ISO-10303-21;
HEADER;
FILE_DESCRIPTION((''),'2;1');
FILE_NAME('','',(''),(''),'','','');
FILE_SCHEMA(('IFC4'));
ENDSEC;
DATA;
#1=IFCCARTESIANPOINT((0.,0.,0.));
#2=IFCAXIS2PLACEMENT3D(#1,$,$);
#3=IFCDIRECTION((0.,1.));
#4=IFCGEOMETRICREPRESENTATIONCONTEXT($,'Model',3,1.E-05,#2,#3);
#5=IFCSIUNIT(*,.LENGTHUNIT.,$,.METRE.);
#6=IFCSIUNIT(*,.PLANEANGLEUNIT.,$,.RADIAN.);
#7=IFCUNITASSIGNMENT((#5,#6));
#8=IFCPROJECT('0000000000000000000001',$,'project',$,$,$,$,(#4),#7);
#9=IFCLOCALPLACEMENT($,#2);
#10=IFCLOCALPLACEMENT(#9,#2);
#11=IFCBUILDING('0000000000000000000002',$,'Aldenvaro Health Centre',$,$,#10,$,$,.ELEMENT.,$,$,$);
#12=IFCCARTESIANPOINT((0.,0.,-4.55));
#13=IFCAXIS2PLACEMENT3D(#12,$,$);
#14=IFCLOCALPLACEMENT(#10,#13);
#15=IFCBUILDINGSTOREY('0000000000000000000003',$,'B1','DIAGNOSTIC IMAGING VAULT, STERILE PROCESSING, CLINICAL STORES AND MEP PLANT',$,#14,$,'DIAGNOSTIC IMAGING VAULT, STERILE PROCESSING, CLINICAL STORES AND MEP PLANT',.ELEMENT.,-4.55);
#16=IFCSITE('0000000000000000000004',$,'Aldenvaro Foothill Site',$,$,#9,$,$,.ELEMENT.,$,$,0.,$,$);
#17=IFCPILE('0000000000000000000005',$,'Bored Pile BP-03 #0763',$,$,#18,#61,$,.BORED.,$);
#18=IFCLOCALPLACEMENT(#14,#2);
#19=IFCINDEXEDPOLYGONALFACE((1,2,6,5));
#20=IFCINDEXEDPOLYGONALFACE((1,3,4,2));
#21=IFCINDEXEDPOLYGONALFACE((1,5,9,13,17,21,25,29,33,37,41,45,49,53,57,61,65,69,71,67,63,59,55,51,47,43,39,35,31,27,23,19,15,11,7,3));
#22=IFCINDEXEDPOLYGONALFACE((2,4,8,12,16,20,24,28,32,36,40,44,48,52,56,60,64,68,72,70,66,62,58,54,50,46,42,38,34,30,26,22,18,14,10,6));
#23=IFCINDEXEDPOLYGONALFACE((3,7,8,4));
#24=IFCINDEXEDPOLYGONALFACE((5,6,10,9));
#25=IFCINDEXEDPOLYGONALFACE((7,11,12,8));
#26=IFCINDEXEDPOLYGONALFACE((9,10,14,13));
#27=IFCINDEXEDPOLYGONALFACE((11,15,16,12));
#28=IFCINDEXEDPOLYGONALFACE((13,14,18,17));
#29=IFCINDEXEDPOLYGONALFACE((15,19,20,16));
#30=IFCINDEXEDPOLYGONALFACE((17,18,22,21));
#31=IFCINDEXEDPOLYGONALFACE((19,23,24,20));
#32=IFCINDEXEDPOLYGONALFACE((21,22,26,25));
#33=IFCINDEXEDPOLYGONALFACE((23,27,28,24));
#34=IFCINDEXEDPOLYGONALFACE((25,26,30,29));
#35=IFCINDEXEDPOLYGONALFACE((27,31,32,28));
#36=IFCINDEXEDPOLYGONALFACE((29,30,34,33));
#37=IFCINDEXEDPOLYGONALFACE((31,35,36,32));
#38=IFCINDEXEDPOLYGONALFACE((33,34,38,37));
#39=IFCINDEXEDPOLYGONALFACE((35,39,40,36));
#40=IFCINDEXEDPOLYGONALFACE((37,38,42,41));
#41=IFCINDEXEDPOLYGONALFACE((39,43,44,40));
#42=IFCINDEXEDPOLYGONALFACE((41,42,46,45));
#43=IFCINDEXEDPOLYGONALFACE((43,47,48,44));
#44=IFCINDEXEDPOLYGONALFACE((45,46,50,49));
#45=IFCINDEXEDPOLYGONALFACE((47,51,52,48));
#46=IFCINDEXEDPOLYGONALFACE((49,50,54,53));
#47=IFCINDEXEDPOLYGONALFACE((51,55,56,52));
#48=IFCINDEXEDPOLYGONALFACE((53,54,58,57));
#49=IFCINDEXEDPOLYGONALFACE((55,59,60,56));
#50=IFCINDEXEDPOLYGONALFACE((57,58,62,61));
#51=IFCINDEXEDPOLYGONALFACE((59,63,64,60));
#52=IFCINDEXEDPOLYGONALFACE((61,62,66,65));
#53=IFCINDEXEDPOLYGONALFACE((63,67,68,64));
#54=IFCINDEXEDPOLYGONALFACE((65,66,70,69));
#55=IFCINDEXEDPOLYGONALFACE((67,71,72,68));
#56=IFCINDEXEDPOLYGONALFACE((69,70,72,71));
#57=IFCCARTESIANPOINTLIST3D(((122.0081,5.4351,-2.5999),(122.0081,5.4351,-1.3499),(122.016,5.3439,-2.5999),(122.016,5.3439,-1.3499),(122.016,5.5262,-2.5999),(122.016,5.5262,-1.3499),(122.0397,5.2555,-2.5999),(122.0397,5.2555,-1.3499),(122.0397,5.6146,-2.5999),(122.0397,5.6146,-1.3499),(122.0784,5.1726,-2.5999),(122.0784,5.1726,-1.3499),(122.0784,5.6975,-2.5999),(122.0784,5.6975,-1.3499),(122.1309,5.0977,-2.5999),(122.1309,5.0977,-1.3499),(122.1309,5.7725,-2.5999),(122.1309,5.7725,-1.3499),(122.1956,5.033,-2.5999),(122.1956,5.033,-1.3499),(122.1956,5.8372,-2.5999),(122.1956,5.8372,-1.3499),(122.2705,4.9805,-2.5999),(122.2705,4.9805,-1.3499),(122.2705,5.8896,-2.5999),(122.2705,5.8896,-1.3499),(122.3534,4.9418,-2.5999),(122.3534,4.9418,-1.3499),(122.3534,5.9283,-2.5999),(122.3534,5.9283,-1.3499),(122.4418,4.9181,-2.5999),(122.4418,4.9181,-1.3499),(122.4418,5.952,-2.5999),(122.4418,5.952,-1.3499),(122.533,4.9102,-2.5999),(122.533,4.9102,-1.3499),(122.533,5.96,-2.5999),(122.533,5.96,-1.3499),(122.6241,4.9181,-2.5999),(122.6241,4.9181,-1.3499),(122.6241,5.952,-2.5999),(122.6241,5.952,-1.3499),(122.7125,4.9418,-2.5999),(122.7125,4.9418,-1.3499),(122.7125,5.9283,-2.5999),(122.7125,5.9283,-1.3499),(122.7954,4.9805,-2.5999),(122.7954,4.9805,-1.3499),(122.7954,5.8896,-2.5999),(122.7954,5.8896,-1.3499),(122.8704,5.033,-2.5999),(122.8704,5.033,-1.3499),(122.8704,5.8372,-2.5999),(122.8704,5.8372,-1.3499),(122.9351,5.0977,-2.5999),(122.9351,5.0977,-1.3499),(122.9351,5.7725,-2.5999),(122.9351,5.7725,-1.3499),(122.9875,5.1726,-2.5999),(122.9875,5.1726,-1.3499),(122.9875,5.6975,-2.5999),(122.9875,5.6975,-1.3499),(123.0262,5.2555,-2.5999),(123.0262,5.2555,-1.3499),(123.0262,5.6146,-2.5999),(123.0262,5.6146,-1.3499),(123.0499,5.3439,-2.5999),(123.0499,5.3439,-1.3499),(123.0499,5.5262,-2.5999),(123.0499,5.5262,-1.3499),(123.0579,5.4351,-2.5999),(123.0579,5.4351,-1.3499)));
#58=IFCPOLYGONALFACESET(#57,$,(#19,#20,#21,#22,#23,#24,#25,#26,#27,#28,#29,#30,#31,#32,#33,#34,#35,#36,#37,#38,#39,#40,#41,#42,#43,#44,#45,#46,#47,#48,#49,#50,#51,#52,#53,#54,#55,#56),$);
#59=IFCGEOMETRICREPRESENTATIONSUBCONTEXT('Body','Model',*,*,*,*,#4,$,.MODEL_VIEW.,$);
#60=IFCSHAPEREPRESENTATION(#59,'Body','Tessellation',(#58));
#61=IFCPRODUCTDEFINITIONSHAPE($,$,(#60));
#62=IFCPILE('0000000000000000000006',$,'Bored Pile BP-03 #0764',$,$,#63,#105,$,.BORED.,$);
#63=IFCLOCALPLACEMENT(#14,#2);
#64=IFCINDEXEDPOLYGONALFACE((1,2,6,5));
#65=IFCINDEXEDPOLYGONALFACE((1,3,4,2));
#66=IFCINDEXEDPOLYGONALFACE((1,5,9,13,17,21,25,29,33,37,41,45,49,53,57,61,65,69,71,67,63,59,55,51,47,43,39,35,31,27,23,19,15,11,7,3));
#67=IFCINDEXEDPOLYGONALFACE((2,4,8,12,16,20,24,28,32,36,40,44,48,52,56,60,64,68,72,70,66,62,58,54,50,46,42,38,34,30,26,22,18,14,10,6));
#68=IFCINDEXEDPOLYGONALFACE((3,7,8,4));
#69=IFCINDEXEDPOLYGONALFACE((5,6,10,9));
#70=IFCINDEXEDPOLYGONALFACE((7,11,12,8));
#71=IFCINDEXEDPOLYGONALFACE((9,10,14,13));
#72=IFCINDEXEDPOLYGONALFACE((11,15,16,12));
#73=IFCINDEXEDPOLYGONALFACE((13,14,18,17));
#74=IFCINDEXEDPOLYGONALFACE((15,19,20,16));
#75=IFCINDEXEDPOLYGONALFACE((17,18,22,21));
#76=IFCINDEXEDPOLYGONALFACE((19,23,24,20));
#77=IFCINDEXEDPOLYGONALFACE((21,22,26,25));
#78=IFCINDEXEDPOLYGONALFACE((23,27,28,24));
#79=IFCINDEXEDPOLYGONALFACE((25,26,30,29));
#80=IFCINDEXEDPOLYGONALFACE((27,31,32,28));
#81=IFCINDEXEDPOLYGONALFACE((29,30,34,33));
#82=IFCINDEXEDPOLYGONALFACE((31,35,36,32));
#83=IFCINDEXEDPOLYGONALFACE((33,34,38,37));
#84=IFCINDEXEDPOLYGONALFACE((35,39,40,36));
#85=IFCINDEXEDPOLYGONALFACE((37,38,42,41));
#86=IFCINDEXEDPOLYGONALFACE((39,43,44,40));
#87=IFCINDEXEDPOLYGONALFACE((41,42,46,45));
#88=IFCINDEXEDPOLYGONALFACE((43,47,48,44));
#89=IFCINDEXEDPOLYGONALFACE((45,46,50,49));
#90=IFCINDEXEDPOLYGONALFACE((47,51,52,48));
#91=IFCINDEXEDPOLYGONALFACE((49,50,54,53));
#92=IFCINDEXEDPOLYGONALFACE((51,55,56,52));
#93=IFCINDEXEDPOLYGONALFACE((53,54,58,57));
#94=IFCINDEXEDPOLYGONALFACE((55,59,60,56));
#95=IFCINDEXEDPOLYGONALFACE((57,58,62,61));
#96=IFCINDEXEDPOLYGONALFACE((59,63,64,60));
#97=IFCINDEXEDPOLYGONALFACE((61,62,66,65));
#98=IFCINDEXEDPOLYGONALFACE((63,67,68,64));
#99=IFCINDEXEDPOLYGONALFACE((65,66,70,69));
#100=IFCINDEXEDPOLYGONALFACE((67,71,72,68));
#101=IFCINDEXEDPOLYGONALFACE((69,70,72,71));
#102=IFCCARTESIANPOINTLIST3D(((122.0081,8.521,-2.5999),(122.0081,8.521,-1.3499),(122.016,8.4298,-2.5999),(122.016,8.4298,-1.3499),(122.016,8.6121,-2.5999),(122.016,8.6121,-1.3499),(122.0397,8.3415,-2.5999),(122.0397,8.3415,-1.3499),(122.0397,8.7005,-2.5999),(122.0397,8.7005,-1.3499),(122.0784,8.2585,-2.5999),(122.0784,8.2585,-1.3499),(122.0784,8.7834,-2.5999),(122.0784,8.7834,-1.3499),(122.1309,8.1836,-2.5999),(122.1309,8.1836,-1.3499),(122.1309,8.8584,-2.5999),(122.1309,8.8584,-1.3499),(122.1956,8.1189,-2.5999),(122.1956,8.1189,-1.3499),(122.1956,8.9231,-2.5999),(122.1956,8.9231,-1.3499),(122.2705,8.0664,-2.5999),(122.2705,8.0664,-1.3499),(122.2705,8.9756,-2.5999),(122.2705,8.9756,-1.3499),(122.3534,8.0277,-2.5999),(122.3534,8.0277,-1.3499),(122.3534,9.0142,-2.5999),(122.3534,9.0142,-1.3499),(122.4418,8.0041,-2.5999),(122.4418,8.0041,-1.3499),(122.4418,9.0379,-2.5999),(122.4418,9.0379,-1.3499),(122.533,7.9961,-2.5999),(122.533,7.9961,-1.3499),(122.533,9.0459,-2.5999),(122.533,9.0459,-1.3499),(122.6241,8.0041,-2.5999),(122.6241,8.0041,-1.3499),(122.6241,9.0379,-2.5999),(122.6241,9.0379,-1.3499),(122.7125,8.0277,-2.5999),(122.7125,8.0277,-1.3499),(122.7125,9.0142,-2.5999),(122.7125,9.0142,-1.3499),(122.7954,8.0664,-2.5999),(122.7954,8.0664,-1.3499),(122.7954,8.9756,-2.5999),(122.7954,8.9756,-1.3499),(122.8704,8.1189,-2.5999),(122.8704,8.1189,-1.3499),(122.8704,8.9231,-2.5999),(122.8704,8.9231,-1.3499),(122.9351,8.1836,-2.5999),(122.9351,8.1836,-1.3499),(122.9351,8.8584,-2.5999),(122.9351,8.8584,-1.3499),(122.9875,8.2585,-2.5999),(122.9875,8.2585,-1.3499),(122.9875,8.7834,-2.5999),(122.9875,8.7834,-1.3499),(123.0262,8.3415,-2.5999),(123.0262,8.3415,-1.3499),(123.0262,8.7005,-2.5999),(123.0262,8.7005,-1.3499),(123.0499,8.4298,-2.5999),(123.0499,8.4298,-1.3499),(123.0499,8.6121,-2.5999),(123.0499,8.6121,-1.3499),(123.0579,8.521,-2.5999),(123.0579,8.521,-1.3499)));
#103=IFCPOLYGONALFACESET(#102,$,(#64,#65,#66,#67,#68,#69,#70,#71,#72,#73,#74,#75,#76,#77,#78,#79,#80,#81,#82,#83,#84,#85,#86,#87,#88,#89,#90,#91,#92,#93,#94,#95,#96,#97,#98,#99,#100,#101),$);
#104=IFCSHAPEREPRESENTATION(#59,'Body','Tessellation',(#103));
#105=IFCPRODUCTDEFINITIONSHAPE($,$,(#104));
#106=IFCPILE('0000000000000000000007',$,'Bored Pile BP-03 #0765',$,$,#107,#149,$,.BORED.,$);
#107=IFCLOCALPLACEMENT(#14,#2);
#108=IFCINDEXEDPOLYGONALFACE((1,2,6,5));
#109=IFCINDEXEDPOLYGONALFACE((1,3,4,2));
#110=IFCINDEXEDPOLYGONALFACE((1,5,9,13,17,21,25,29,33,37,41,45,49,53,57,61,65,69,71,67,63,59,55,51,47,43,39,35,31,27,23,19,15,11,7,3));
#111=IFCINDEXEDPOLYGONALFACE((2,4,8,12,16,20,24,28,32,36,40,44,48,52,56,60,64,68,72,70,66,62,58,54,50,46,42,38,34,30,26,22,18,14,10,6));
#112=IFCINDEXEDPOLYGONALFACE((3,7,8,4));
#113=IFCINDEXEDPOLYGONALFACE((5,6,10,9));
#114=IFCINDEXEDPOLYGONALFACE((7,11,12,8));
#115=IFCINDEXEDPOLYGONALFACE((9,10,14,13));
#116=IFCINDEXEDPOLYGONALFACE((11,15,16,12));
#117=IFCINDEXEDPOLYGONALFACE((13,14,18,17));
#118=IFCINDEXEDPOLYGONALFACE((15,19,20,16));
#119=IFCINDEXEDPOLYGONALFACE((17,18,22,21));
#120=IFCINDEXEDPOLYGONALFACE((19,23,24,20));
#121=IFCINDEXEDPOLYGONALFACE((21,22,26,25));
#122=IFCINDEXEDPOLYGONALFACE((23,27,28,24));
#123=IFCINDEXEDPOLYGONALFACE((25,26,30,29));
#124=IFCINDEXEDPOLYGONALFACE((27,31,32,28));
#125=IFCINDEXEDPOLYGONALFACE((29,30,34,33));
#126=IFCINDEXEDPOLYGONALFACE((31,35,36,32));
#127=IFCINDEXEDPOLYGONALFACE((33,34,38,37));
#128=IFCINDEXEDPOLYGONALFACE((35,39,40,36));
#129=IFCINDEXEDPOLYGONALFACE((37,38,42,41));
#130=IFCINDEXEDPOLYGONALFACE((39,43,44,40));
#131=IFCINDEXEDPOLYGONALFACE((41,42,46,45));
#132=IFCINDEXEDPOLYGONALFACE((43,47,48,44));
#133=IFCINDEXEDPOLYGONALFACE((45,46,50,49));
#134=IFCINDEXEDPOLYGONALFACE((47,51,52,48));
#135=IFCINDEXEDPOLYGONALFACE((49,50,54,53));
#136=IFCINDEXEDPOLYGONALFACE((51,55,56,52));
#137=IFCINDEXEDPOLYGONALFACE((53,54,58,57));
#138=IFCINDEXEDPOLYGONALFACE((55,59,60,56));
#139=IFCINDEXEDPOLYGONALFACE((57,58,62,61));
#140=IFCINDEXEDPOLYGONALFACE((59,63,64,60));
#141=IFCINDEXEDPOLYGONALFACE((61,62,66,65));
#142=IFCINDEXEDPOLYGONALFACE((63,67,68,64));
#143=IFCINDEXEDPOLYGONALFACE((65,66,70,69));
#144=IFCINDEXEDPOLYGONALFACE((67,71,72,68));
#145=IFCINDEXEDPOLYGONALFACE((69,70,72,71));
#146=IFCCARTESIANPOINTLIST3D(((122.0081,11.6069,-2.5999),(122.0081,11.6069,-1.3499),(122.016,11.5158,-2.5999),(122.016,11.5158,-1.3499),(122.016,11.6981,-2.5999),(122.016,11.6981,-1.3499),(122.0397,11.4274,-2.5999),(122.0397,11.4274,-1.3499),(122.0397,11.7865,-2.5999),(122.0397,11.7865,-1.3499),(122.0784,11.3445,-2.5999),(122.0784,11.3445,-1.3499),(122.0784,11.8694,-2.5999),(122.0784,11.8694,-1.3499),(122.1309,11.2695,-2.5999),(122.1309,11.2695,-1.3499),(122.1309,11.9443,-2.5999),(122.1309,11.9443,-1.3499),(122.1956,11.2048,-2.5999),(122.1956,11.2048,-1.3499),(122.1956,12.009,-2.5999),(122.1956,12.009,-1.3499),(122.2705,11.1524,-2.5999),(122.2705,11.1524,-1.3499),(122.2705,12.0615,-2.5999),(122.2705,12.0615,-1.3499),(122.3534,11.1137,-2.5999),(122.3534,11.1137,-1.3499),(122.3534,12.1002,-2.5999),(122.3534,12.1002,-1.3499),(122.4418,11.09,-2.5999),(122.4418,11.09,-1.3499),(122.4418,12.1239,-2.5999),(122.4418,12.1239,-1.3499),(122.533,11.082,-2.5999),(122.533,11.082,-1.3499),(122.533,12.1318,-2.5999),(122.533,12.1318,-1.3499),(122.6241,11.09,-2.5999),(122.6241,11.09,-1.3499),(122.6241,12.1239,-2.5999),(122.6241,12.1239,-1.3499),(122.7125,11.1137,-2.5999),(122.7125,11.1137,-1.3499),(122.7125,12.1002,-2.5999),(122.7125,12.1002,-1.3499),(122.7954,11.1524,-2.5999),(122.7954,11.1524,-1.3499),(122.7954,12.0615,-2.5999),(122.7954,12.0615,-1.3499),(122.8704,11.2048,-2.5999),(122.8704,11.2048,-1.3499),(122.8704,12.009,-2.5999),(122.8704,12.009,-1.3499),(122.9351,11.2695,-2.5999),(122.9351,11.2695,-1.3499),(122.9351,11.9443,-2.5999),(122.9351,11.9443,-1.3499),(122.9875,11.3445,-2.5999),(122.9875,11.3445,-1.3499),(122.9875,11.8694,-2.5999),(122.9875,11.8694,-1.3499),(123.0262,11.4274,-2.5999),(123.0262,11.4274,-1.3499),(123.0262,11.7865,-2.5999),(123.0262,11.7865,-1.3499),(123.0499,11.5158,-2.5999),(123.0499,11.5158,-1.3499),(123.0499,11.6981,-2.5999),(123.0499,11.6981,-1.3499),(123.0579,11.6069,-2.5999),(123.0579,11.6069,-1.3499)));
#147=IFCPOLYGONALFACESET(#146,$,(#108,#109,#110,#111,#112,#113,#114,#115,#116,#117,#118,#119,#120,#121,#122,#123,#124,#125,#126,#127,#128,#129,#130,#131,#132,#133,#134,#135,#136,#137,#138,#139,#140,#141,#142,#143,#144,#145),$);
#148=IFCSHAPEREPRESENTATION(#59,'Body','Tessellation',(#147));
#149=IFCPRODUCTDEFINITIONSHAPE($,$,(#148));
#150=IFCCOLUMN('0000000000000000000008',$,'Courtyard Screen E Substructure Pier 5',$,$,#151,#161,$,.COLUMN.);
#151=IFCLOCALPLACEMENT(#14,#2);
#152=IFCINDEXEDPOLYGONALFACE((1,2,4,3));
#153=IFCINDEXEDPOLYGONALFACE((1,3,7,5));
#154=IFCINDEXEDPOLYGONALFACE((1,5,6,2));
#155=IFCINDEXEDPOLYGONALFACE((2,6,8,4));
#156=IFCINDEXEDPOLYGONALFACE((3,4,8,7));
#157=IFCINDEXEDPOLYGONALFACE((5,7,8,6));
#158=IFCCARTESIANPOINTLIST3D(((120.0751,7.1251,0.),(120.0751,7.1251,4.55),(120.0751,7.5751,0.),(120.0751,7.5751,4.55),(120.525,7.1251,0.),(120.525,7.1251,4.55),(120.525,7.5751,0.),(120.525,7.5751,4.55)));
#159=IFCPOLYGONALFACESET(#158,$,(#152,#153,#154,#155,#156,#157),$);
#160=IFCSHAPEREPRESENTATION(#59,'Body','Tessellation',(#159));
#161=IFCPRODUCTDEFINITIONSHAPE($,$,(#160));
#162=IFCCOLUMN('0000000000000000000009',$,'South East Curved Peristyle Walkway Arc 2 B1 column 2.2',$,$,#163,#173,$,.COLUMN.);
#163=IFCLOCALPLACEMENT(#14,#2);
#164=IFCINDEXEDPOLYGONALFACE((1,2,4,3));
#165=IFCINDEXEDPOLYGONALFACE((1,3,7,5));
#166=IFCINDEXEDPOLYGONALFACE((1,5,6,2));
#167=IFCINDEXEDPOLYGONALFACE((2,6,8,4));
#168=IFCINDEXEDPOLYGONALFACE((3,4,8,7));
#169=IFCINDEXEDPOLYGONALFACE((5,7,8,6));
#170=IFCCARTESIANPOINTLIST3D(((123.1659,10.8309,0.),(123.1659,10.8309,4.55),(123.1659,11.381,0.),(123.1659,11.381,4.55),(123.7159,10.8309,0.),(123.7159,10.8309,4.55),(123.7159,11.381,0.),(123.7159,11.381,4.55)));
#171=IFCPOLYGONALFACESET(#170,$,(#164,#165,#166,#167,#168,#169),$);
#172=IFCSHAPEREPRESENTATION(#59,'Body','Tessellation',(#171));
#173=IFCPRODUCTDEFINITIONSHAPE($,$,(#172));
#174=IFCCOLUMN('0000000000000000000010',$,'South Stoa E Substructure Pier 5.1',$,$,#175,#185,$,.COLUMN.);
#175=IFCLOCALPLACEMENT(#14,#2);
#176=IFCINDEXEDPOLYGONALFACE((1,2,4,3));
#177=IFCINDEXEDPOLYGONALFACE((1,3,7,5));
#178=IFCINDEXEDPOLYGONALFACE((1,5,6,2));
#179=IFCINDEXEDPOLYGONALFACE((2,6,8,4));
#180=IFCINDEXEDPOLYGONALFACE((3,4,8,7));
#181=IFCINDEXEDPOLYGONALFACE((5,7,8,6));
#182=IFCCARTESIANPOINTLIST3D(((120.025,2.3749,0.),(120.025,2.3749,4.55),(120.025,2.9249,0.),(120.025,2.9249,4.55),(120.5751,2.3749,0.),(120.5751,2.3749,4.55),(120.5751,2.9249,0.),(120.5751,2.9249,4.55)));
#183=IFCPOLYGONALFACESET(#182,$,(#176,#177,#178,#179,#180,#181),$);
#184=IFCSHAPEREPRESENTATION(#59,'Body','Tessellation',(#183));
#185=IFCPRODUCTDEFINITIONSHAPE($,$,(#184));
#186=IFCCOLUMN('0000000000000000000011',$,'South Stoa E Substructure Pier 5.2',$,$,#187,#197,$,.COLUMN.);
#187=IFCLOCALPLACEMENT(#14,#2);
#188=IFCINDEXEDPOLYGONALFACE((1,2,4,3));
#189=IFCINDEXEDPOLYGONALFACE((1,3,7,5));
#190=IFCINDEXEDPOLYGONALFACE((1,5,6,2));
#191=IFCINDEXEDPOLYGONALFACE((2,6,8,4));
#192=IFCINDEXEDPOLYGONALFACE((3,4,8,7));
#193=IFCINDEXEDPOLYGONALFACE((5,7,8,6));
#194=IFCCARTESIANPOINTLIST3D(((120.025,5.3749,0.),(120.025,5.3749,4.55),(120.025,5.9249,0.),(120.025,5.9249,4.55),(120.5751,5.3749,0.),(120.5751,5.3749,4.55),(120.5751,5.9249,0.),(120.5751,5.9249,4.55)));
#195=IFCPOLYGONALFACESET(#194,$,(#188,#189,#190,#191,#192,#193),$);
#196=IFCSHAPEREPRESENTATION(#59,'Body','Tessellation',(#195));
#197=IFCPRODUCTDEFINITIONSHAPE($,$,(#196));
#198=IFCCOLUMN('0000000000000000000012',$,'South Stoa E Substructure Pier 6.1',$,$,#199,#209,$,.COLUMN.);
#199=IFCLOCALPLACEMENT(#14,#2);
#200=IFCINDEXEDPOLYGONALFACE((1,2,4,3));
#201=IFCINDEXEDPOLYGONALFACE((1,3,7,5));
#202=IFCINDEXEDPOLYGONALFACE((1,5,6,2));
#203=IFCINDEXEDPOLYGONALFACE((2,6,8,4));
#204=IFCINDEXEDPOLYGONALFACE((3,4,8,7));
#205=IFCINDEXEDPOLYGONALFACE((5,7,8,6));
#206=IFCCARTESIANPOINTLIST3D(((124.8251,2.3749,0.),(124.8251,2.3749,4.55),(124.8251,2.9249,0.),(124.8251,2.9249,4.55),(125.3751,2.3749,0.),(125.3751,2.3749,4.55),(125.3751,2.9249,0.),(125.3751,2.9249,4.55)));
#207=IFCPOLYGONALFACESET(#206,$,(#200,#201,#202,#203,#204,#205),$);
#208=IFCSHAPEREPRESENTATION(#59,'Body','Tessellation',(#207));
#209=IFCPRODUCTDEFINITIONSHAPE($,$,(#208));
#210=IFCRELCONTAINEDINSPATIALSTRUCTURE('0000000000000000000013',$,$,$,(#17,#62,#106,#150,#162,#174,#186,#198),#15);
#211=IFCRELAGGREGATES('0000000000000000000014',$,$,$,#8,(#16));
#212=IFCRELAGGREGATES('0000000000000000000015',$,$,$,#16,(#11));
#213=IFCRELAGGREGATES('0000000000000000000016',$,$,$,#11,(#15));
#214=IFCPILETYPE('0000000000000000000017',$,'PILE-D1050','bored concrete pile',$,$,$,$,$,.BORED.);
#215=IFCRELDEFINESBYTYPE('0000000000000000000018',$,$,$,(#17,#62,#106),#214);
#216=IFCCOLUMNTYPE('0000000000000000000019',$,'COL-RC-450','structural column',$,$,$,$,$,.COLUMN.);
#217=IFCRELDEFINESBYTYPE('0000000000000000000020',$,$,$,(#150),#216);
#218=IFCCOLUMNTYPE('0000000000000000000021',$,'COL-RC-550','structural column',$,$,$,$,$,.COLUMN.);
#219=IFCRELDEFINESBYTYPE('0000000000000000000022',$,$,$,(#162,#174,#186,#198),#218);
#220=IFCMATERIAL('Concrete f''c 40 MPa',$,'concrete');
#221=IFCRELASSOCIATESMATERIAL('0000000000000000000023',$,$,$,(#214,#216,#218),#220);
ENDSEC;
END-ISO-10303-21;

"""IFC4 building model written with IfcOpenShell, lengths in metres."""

from ifc_helpers import new_model, si_unit, direction, frame, origin, origin_2d, place, context, subcontext, project, spatial, rectangle, circle, extrude, material, material_profile, profile_set, type_object, element, save


model = new_model("IFC4")

# Units and contexts
model_context = context("Model", 3, precision=1e-05, world=origin(), true_north=direction((0.0, 1.0)))
body_context = subcontext(model_context, "Body", "Model", "MODEL_VIEW")
ifc_project = project(units=[si_unit("LENGTHUNIT", "METRE"), si_unit("PLANEANGLEUNIT", "RADIAN")], contexts=[model_context])

# Site, building, storey
site_placement = place(None, origin())
site = spatial("IfcSite", under=ifc_project, at=site_placement, Name="Aldenvaro Foothill Site", CompositionType="ELEMENT", RefElevation=0.0)
building_placement = place(site_placement, origin())
building = spatial("IfcBuilding", under=site, at=building_placement, Name="Aldenvaro Health Centre", CompositionType="ELEMENT")
storey_placement = place(building_placement, frame((0.0, 0.0, -4.55)))
storey = spatial("IfcBuildingStorey", under=building, at=storey_placement, Name="B1", Description="DIAGNOSTIC IMAGING VAULT, STERILE PROCESSING, CLINICAL STORES AND MEP PLANT", LongName="DIAGNOSTIC IMAGING VAULT, STERILE PROCESSING, CLINICAL STORES AND MEP PLANT", CompositionType="ELEMENT", Elevation=-4.55)

# Piles
ifc_material_1 = material(Name="Concrete f'c 40 MPa", Category="concrete")
ifc_material_profile_1 = material_profile(ifc_material_1, circle(Radius=0.5249, at=origin_2d()), Name="PILE D1050", Category="concrete")
ifc_profile_set_1 = profile_set([ifc_material_profile_1], Name="Concrete f'c 40 MPa")
pile_type = type_object("IfcPileType", Name="PILE-D1050", Description="bored concrete pile", PredefinedType="BORED", material=ifc_profile_set_1)
for number, where, z_axis, x_axis, name in (
    (1, (122.533, 5.4351, -1.3499), (0.0, 0.0, -1.0), (1.0, 0.0, 0.0), "Bored Pile BP-03 #0763"),
    (2, (122.533, 8.521, -1.3499), (0.0, 0.0, -1.0), (1.0, 0.0, 0.0), "Bored Pile BP-03 #0764"),
    (3, (122.533, 11.6069, -1.3499), (0.0, 0.0, -1.0), (1.0, 0.0, 0.0), "Bored Pile BP-03 #0765"),
):
    element("IfcPile", number, at=place(storey_placement, frame(where, z_axis=z_axis, x_axis=x_axis)), inside=storey, type_object=pile_type, Name=name, PredefinedType="BORED", context=body_context, shape_type="SweptSolid", body=[
        extrude(circle(Radius=0.5249, at=origin_2d()), origin(), (0.0, 0.0, 1.0), 1.25),
    ])

# Columns
ifc_material_profile_2 = material_profile(ifc_material_1, rectangle(XDim=0.45, YDim=0.45, at=origin_2d()), Name="RC 450x450", Category="concrete")
ifc_profile_set_2 = profile_set([ifc_material_profile_2], Name="Concrete f'c 40 MPa")
column_type_1 = type_object("IfcColumnType", Name="COL-RC-450", Description="structural column", PredefinedType="COLUMN", material=ifc_profile_set_2)
column_placement = place(storey_placement, frame((120.3, 7.3501, 0.0), z_axis=(0.0, 0.0, 1.0), x_axis=(1.0, 0.0, 0.0)))
element("IfcColumn", 4, at=column_placement, inside=storey, type_object=column_type_1, Name="Courtyard Screen E Substructure Pier 5", PredefinedType="COLUMN", context=body_context, shape_type="SweptSolid", body=[
    extrude(rectangle(XDim=0.45, YDim=0.45, at=origin_2d()), origin(), (0.0, 0.0, 1.0), 4.55),
])
ifc_material_profile_3 = material_profile(ifc_material_1, rectangle(XDim=0.55, YDim=0.55, at=origin_2d()), Name="RC 550x550", Category="concrete")
ifc_profile_set_3 = profile_set([ifc_material_profile_3], Name="Concrete f'c 40 MPa")
column_type_2 = type_object("IfcColumnType", Name="COL-RC-550", Description="structural column", PredefinedType="COLUMN", material=ifc_profile_set_3)
for number, where, z_axis, x_axis, name in (
    (5, (123.4409, 11.106, 0.0), (0.0, 0.0, 1.0), (1.0, 0.0, 0.0), "South East Curved Peristyle Walkway Arc 2 B1 column 2.2"),
    (6, (120.3, 2.6499, 0.0), (0.0, 0.0, 1.0), (1.0, 0.0, 0.0), "South Stoa E Substructure Pier 5.1"),
    (7, (120.3, 5.6499, 0.0), (0.0, 0.0, 1.0), (1.0, 0.0, 0.0), "South Stoa E Substructure Pier 5.2"),
    (8, (125.1001, 2.6499, 0.0), (0.0, 0.0, 1.0), (1.0, 0.0, 0.0), "South Stoa E Substructure Pier 6.1"),
):
    element("IfcColumn", number, at=place(storey_placement, frame(where, z_axis=z_axis, x_axis=x_axis)), inside=storey, type_object=column_type_2, Name=name, PredefinedType="COLUMN", context=body_context, shape_type="SweptSolid", body=[
        extrude(rectangle(XDim=0.55, YDim=0.55, at=origin_2d()), origin(), (0.0, 0.0, 1.0), 4.55),
    ])

save(model, "model.ifc")
